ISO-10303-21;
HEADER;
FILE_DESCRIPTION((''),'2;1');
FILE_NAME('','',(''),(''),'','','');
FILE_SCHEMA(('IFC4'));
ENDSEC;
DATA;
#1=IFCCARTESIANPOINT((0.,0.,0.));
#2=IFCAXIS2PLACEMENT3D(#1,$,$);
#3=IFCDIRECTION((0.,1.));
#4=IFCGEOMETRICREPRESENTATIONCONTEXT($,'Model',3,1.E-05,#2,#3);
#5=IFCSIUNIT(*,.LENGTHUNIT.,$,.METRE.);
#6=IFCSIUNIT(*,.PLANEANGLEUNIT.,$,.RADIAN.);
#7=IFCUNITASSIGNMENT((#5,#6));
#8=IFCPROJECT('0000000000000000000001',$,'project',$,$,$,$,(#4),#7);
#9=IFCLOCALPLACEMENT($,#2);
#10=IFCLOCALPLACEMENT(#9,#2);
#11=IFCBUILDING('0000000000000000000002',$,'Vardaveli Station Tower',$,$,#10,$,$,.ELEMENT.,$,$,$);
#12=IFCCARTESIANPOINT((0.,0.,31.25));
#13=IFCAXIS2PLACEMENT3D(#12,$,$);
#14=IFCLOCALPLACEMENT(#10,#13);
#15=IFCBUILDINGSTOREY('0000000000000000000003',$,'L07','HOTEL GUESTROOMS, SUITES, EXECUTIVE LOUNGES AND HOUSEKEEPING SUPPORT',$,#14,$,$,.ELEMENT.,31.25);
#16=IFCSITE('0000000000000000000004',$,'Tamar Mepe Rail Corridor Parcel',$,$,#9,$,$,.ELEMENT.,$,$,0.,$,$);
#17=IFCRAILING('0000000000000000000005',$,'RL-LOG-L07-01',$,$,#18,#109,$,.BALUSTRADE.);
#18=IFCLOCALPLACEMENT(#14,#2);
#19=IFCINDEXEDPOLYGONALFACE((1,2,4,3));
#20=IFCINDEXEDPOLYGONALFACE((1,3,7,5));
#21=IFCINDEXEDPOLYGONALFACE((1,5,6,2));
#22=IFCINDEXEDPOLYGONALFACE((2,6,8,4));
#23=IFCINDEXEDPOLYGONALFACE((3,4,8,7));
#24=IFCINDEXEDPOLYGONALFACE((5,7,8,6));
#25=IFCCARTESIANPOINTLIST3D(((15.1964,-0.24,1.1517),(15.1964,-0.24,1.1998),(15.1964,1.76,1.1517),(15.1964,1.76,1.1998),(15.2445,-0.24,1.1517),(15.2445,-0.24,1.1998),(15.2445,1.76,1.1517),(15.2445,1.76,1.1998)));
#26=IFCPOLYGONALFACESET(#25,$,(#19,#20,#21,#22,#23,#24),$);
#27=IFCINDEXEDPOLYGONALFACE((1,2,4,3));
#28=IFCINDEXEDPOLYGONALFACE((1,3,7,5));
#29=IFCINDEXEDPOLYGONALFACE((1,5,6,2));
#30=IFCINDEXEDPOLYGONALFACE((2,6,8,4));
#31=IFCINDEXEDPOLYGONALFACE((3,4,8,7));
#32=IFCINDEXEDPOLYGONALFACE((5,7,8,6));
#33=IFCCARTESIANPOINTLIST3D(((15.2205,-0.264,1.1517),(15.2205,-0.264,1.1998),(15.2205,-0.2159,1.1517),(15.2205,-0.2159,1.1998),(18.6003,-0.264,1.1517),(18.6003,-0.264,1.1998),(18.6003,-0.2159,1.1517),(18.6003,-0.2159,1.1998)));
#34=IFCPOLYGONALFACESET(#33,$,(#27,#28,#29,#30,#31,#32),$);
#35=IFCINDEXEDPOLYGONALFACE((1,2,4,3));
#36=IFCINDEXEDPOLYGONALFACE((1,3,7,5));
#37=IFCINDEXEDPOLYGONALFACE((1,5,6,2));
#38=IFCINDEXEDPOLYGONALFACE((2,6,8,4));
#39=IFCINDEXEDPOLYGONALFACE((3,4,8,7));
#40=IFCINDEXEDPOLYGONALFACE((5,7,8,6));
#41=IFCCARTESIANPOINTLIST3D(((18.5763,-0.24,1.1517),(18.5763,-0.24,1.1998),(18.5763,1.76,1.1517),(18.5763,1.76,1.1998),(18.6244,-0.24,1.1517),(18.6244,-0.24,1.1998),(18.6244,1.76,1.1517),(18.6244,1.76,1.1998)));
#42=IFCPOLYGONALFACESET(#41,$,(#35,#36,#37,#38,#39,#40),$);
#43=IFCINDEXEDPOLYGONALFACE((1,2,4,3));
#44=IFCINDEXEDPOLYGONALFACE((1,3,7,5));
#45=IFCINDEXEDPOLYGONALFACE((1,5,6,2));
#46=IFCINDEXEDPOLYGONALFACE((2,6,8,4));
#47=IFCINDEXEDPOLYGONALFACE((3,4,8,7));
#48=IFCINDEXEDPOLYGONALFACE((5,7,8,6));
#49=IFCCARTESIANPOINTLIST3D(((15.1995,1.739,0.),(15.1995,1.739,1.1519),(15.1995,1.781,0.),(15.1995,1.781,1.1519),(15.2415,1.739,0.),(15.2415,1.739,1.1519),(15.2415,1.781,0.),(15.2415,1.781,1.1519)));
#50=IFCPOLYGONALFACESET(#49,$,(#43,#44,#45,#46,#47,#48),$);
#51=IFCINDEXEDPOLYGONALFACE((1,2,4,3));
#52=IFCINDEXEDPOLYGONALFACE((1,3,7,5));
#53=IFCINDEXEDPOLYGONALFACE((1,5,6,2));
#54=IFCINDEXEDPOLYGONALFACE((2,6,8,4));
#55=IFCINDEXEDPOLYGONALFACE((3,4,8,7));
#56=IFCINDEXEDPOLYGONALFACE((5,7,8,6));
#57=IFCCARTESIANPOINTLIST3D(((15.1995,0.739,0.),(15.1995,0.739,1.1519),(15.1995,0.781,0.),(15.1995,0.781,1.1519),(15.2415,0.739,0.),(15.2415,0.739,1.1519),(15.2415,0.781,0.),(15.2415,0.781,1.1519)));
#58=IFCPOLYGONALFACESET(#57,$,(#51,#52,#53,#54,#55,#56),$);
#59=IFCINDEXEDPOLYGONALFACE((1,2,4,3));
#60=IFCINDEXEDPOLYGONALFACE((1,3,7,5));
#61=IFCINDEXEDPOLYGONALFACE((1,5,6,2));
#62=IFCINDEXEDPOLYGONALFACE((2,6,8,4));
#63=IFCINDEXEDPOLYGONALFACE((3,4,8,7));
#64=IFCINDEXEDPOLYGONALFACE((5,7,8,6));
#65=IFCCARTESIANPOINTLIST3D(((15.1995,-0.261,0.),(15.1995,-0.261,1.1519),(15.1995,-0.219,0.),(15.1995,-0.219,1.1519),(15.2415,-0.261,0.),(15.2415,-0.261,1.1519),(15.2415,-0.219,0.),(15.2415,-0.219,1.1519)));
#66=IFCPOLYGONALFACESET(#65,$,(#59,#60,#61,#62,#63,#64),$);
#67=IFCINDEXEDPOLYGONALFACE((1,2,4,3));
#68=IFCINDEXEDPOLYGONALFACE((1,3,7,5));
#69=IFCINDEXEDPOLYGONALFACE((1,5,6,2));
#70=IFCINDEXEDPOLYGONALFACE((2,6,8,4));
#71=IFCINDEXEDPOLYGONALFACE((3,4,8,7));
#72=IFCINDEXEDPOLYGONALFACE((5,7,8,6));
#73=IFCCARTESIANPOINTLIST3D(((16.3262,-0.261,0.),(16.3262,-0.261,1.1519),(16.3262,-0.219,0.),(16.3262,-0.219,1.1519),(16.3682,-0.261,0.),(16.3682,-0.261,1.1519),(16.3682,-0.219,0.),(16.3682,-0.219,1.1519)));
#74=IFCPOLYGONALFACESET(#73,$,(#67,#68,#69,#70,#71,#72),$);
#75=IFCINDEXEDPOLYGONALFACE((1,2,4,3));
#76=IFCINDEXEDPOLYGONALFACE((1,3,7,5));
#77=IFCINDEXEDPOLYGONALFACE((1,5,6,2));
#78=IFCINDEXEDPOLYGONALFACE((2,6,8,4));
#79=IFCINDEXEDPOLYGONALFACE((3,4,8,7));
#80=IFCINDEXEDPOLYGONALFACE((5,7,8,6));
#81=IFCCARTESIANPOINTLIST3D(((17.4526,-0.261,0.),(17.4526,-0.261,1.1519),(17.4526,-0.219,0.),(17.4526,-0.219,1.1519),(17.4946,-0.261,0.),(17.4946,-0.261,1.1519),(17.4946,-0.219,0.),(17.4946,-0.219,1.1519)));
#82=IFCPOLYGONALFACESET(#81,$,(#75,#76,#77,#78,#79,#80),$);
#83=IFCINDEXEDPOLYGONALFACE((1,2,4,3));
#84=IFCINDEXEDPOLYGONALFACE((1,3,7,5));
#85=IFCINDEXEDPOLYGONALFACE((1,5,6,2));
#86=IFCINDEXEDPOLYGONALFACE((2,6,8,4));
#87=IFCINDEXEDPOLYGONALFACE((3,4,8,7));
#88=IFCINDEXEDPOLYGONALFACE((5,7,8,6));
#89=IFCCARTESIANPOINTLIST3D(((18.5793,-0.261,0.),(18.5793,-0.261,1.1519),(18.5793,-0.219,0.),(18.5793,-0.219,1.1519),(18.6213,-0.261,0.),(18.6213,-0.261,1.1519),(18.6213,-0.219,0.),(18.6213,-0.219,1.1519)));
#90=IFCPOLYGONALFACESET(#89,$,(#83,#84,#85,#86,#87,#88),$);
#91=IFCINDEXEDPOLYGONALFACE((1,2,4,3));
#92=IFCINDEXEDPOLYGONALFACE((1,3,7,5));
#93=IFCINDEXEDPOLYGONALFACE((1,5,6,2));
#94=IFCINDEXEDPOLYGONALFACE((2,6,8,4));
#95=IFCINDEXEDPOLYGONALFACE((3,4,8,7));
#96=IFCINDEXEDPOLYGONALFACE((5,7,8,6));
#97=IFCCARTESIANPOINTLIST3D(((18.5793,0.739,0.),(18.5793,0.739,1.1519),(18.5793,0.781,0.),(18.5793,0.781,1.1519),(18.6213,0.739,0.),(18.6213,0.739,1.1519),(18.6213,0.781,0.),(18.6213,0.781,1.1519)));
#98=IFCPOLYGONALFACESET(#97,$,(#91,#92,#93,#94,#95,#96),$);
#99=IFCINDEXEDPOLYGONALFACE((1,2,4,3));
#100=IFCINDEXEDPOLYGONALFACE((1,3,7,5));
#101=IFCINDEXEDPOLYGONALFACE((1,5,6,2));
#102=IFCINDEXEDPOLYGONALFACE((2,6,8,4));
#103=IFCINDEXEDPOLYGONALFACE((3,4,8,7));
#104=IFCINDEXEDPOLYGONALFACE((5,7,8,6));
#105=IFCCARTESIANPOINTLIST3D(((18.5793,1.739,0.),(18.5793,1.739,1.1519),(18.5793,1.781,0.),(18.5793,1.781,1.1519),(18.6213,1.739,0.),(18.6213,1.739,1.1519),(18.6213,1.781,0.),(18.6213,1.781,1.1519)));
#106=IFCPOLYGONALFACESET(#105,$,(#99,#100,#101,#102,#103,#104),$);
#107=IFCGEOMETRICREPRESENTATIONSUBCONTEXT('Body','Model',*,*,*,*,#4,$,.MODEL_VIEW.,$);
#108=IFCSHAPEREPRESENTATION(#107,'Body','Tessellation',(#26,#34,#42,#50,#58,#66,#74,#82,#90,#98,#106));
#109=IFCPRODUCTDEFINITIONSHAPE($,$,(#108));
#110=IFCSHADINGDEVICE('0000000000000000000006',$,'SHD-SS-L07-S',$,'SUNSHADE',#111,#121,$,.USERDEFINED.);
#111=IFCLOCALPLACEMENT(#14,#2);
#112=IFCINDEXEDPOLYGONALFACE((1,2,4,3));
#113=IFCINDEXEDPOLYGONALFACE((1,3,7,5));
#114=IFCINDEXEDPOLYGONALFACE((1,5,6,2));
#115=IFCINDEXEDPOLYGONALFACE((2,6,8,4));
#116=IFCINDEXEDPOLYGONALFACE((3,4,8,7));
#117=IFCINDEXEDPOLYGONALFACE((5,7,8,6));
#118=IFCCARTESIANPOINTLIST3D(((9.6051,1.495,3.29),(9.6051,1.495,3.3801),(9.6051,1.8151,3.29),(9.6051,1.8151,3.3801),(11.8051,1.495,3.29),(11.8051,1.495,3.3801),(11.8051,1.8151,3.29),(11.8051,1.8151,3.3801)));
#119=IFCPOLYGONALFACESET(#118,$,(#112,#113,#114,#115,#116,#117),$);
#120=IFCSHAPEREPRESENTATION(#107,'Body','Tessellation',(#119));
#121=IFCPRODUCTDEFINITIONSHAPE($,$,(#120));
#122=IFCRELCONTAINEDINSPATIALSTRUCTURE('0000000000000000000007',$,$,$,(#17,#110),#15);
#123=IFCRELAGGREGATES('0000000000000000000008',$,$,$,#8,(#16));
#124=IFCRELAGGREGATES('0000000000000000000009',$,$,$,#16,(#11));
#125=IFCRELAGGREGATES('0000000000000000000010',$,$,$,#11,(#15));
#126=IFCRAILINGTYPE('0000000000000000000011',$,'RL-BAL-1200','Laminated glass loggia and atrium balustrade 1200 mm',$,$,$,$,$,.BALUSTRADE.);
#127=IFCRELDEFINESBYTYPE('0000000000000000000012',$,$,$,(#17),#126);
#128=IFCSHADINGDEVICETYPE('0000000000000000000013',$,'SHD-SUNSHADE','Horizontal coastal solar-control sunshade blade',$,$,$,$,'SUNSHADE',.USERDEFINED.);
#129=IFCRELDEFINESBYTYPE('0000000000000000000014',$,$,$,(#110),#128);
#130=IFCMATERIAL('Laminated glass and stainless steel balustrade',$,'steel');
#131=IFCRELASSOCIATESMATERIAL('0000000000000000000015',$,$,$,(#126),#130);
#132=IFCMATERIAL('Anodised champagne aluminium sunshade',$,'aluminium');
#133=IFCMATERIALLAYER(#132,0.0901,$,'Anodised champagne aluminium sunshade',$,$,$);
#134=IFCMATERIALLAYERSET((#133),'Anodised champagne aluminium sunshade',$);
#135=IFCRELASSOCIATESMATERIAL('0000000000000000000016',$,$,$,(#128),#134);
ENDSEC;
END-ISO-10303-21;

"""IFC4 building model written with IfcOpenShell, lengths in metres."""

from ifc_helpers import new_model, si_unit, direction, frame, origin, origin_2d, place, context, subcontext, project, spatial, rectangle, extrude, source, transform, mapped, material, layer, layer_set, type_object, element, save


model = new_model("IFC4")

# Units and contexts
model_context = context("Model", 3, precision=1e-05, world=origin(), true_north=direction((0.0, 1.0)))
body_context = subcontext(model_context, "Body", "Model", "MODEL_VIEW")
ifc_project = project(units=[si_unit("LENGTHUNIT", "METRE"), si_unit("PLANEANGLEUNIT", "RADIAN")], contexts=[model_context])

# Site, building, storey
site_placement = place(None, origin())
site = spatial("IfcSite", under=ifc_project, at=site_placement, Name="Tamar Mepe Rail Corridor Parcel", CompositionType="ELEMENT", RefElevation=0.0)
building_placement = place(site_placement, origin())
building = spatial("IfcBuilding", under=site, at=building_placement, Name="Vardaveli Station Tower", CompositionType="ELEMENT")
storey_placement = place(building_placement, frame((0.0, 0.0, 31.25)))
storey = spatial("IfcBuildingStorey", under=building, at=storey_placement, Name="L07", Description="HOTEL GUESTROOMS, SUITES, EXECUTIVE LOUNGES AND HOUSEKEEPING SUPPORT", CompositionType="ELEMENT", Elevation=31.25)

# Railing
ifc_material_1 = material(Name="Laminated glass and stainless steel balustrade", Category="steel")
railing_type = type_object("IfcRailingType", Name="RL-BAL-1200", Description="Laminated glass loggia and atrium balustrade 1200 mm", PredefinedType="BALUSTRADE", material=ifc_material_1)
shared_shape_1 = source(origin(), body_context, "Body", "SweptSolid", [
    extrude(rectangle(XDim=0.0481, YDim=0.0481, at=origin_2d()), frame((0.0, 0.0, 1.1758), z_axis=(0.0, -1.0, 0.0), x_axis=(1.0, 0.0, 0.0)), (0.0, 0.0, 1.0), 2.0),
    extrude(rectangle(XDim=0.0481, YDim=0.0481, at=origin_2d()), frame((0.0, -2.0, 1.1758), z_axis=(1.0, 0.0, 0.0), x_axis=(0.0, 1.0, 0.0)), (0.0, 0.0, 1.0), 3.3799),
    extrude(rectangle(XDim=0.0481, YDim=0.0481, at=origin_2d()), frame((3.3799, -2.0, 1.1758), z_axis=(0.0, 1.0, 0.0), x_axis=(-1.0, 0.0, 0.0)), (0.0, 0.0, 1.0), 2.0),
    extrude(rectangle(XDim=0.042, YDim=0.042, at=origin_2d()), origin(), (0.0, 0.0, 1.0), 1.1519),
    extrude(rectangle(XDim=0.042, YDim=0.042, at=origin_2d()), frame((0.0, -1.0, 0.0)), (0.0, 0.0, 1.0), 1.1519),
    extrude(rectangle(XDim=0.042, YDim=0.042, at=origin_2d()), frame((0.0, -2.0, 0.0)), (0.0, 0.0, 1.0), 1.1519),
    extrude(rectangle(XDim=0.042, YDim=0.042, at=origin_2d()), frame((1.1267, -2.0, 0.0)), (0.0, 0.0, 1.0), 1.1519),
    extrude(rectangle(XDim=0.042, YDim=0.042, at=origin_2d()), frame((2.2532, -2.0, 0.0)), (0.0, 0.0, 1.0), 1.1519),
    extrude(rectangle(XDim=0.042, YDim=0.042, at=origin_2d()), frame((3.3799, -2.0, 0.0)), (0.0, 0.0, 1.0), 1.1519),
    extrude(rectangle(XDim=0.042, YDim=0.042, at=origin_2d()), frame((3.3799, -1.0, 0.0)), (0.0, 0.0, 1.0), 1.1519),
    extrude(rectangle(XDim=0.042, YDim=0.042, at=origin_2d()), frame((3.3799, 0.0, 0.0)), (0.0, 0.0, 1.0), 1.1519),
])
railing_placement = place(storey_placement, frame((15.2205, 1.76, 0.0)))
element("IfcRailing", 1, at=railing_placement, inside=storey, type_object=railing_type, Name="RL-LOG-L07-01", PredefinedType="BALUSTRADE", context=body_context, shape_type="MappedRepresentation", body=[
    mapped(shared_shape_1, transform((0.0, 0.0, 0.0), scale=1.0)),
])

# Shading device
ifc_material_2 = material(Name="Anodised champagne aluminium sunshade", Category="aluminium")
ifc_layer_1 = layer(ifc_material_2, 0.0901, Name="Anodised champagne aluminium sunshade")
ifc_layer_set_1 = layer_set([ifc_layer_1], Name="Anodised champagne aluminium sunshade")
shading_device_type = type_object("IfcShadingDeviceType", Name="SHD-SUNSHADE", Description="Horizontal coastal solar-control sunshade blade", ElementType="SUNSHADE", PredefinedType="USERDEFINED", material=ifc_layer_set_1)
shared_shape_2 = source(origin(), body_context, "Body", "SweptSolid", [
    extrude(rectangle(XDim=2.2, YDim=0.3201, at=origin_2d()), origin(), (0.0, 0.0, 1.0), 0.0901),
])
shading_device_placement = place(storey_placement, frame((10.7051, 1.655, 3.29), z_axis=(0.0, 0.0, 1.0), x_axis=(1.0, 0.0, 0.0)))
element("IfcShadingDevice", 2, at=shading_device_placement, inside=storey, type_object=shading_device_type, Name="SHD-SS-L07-S", ObjectType="SUNSHADE", PredefinedType="USERDEFINED", context=body_context, shape_type="MappedRepresentation", body=[
    mapped(shared_shape_2, transform((0.0, 0.0, 0.0), scale=1.0)),
])

save(model, "model.ifc")
